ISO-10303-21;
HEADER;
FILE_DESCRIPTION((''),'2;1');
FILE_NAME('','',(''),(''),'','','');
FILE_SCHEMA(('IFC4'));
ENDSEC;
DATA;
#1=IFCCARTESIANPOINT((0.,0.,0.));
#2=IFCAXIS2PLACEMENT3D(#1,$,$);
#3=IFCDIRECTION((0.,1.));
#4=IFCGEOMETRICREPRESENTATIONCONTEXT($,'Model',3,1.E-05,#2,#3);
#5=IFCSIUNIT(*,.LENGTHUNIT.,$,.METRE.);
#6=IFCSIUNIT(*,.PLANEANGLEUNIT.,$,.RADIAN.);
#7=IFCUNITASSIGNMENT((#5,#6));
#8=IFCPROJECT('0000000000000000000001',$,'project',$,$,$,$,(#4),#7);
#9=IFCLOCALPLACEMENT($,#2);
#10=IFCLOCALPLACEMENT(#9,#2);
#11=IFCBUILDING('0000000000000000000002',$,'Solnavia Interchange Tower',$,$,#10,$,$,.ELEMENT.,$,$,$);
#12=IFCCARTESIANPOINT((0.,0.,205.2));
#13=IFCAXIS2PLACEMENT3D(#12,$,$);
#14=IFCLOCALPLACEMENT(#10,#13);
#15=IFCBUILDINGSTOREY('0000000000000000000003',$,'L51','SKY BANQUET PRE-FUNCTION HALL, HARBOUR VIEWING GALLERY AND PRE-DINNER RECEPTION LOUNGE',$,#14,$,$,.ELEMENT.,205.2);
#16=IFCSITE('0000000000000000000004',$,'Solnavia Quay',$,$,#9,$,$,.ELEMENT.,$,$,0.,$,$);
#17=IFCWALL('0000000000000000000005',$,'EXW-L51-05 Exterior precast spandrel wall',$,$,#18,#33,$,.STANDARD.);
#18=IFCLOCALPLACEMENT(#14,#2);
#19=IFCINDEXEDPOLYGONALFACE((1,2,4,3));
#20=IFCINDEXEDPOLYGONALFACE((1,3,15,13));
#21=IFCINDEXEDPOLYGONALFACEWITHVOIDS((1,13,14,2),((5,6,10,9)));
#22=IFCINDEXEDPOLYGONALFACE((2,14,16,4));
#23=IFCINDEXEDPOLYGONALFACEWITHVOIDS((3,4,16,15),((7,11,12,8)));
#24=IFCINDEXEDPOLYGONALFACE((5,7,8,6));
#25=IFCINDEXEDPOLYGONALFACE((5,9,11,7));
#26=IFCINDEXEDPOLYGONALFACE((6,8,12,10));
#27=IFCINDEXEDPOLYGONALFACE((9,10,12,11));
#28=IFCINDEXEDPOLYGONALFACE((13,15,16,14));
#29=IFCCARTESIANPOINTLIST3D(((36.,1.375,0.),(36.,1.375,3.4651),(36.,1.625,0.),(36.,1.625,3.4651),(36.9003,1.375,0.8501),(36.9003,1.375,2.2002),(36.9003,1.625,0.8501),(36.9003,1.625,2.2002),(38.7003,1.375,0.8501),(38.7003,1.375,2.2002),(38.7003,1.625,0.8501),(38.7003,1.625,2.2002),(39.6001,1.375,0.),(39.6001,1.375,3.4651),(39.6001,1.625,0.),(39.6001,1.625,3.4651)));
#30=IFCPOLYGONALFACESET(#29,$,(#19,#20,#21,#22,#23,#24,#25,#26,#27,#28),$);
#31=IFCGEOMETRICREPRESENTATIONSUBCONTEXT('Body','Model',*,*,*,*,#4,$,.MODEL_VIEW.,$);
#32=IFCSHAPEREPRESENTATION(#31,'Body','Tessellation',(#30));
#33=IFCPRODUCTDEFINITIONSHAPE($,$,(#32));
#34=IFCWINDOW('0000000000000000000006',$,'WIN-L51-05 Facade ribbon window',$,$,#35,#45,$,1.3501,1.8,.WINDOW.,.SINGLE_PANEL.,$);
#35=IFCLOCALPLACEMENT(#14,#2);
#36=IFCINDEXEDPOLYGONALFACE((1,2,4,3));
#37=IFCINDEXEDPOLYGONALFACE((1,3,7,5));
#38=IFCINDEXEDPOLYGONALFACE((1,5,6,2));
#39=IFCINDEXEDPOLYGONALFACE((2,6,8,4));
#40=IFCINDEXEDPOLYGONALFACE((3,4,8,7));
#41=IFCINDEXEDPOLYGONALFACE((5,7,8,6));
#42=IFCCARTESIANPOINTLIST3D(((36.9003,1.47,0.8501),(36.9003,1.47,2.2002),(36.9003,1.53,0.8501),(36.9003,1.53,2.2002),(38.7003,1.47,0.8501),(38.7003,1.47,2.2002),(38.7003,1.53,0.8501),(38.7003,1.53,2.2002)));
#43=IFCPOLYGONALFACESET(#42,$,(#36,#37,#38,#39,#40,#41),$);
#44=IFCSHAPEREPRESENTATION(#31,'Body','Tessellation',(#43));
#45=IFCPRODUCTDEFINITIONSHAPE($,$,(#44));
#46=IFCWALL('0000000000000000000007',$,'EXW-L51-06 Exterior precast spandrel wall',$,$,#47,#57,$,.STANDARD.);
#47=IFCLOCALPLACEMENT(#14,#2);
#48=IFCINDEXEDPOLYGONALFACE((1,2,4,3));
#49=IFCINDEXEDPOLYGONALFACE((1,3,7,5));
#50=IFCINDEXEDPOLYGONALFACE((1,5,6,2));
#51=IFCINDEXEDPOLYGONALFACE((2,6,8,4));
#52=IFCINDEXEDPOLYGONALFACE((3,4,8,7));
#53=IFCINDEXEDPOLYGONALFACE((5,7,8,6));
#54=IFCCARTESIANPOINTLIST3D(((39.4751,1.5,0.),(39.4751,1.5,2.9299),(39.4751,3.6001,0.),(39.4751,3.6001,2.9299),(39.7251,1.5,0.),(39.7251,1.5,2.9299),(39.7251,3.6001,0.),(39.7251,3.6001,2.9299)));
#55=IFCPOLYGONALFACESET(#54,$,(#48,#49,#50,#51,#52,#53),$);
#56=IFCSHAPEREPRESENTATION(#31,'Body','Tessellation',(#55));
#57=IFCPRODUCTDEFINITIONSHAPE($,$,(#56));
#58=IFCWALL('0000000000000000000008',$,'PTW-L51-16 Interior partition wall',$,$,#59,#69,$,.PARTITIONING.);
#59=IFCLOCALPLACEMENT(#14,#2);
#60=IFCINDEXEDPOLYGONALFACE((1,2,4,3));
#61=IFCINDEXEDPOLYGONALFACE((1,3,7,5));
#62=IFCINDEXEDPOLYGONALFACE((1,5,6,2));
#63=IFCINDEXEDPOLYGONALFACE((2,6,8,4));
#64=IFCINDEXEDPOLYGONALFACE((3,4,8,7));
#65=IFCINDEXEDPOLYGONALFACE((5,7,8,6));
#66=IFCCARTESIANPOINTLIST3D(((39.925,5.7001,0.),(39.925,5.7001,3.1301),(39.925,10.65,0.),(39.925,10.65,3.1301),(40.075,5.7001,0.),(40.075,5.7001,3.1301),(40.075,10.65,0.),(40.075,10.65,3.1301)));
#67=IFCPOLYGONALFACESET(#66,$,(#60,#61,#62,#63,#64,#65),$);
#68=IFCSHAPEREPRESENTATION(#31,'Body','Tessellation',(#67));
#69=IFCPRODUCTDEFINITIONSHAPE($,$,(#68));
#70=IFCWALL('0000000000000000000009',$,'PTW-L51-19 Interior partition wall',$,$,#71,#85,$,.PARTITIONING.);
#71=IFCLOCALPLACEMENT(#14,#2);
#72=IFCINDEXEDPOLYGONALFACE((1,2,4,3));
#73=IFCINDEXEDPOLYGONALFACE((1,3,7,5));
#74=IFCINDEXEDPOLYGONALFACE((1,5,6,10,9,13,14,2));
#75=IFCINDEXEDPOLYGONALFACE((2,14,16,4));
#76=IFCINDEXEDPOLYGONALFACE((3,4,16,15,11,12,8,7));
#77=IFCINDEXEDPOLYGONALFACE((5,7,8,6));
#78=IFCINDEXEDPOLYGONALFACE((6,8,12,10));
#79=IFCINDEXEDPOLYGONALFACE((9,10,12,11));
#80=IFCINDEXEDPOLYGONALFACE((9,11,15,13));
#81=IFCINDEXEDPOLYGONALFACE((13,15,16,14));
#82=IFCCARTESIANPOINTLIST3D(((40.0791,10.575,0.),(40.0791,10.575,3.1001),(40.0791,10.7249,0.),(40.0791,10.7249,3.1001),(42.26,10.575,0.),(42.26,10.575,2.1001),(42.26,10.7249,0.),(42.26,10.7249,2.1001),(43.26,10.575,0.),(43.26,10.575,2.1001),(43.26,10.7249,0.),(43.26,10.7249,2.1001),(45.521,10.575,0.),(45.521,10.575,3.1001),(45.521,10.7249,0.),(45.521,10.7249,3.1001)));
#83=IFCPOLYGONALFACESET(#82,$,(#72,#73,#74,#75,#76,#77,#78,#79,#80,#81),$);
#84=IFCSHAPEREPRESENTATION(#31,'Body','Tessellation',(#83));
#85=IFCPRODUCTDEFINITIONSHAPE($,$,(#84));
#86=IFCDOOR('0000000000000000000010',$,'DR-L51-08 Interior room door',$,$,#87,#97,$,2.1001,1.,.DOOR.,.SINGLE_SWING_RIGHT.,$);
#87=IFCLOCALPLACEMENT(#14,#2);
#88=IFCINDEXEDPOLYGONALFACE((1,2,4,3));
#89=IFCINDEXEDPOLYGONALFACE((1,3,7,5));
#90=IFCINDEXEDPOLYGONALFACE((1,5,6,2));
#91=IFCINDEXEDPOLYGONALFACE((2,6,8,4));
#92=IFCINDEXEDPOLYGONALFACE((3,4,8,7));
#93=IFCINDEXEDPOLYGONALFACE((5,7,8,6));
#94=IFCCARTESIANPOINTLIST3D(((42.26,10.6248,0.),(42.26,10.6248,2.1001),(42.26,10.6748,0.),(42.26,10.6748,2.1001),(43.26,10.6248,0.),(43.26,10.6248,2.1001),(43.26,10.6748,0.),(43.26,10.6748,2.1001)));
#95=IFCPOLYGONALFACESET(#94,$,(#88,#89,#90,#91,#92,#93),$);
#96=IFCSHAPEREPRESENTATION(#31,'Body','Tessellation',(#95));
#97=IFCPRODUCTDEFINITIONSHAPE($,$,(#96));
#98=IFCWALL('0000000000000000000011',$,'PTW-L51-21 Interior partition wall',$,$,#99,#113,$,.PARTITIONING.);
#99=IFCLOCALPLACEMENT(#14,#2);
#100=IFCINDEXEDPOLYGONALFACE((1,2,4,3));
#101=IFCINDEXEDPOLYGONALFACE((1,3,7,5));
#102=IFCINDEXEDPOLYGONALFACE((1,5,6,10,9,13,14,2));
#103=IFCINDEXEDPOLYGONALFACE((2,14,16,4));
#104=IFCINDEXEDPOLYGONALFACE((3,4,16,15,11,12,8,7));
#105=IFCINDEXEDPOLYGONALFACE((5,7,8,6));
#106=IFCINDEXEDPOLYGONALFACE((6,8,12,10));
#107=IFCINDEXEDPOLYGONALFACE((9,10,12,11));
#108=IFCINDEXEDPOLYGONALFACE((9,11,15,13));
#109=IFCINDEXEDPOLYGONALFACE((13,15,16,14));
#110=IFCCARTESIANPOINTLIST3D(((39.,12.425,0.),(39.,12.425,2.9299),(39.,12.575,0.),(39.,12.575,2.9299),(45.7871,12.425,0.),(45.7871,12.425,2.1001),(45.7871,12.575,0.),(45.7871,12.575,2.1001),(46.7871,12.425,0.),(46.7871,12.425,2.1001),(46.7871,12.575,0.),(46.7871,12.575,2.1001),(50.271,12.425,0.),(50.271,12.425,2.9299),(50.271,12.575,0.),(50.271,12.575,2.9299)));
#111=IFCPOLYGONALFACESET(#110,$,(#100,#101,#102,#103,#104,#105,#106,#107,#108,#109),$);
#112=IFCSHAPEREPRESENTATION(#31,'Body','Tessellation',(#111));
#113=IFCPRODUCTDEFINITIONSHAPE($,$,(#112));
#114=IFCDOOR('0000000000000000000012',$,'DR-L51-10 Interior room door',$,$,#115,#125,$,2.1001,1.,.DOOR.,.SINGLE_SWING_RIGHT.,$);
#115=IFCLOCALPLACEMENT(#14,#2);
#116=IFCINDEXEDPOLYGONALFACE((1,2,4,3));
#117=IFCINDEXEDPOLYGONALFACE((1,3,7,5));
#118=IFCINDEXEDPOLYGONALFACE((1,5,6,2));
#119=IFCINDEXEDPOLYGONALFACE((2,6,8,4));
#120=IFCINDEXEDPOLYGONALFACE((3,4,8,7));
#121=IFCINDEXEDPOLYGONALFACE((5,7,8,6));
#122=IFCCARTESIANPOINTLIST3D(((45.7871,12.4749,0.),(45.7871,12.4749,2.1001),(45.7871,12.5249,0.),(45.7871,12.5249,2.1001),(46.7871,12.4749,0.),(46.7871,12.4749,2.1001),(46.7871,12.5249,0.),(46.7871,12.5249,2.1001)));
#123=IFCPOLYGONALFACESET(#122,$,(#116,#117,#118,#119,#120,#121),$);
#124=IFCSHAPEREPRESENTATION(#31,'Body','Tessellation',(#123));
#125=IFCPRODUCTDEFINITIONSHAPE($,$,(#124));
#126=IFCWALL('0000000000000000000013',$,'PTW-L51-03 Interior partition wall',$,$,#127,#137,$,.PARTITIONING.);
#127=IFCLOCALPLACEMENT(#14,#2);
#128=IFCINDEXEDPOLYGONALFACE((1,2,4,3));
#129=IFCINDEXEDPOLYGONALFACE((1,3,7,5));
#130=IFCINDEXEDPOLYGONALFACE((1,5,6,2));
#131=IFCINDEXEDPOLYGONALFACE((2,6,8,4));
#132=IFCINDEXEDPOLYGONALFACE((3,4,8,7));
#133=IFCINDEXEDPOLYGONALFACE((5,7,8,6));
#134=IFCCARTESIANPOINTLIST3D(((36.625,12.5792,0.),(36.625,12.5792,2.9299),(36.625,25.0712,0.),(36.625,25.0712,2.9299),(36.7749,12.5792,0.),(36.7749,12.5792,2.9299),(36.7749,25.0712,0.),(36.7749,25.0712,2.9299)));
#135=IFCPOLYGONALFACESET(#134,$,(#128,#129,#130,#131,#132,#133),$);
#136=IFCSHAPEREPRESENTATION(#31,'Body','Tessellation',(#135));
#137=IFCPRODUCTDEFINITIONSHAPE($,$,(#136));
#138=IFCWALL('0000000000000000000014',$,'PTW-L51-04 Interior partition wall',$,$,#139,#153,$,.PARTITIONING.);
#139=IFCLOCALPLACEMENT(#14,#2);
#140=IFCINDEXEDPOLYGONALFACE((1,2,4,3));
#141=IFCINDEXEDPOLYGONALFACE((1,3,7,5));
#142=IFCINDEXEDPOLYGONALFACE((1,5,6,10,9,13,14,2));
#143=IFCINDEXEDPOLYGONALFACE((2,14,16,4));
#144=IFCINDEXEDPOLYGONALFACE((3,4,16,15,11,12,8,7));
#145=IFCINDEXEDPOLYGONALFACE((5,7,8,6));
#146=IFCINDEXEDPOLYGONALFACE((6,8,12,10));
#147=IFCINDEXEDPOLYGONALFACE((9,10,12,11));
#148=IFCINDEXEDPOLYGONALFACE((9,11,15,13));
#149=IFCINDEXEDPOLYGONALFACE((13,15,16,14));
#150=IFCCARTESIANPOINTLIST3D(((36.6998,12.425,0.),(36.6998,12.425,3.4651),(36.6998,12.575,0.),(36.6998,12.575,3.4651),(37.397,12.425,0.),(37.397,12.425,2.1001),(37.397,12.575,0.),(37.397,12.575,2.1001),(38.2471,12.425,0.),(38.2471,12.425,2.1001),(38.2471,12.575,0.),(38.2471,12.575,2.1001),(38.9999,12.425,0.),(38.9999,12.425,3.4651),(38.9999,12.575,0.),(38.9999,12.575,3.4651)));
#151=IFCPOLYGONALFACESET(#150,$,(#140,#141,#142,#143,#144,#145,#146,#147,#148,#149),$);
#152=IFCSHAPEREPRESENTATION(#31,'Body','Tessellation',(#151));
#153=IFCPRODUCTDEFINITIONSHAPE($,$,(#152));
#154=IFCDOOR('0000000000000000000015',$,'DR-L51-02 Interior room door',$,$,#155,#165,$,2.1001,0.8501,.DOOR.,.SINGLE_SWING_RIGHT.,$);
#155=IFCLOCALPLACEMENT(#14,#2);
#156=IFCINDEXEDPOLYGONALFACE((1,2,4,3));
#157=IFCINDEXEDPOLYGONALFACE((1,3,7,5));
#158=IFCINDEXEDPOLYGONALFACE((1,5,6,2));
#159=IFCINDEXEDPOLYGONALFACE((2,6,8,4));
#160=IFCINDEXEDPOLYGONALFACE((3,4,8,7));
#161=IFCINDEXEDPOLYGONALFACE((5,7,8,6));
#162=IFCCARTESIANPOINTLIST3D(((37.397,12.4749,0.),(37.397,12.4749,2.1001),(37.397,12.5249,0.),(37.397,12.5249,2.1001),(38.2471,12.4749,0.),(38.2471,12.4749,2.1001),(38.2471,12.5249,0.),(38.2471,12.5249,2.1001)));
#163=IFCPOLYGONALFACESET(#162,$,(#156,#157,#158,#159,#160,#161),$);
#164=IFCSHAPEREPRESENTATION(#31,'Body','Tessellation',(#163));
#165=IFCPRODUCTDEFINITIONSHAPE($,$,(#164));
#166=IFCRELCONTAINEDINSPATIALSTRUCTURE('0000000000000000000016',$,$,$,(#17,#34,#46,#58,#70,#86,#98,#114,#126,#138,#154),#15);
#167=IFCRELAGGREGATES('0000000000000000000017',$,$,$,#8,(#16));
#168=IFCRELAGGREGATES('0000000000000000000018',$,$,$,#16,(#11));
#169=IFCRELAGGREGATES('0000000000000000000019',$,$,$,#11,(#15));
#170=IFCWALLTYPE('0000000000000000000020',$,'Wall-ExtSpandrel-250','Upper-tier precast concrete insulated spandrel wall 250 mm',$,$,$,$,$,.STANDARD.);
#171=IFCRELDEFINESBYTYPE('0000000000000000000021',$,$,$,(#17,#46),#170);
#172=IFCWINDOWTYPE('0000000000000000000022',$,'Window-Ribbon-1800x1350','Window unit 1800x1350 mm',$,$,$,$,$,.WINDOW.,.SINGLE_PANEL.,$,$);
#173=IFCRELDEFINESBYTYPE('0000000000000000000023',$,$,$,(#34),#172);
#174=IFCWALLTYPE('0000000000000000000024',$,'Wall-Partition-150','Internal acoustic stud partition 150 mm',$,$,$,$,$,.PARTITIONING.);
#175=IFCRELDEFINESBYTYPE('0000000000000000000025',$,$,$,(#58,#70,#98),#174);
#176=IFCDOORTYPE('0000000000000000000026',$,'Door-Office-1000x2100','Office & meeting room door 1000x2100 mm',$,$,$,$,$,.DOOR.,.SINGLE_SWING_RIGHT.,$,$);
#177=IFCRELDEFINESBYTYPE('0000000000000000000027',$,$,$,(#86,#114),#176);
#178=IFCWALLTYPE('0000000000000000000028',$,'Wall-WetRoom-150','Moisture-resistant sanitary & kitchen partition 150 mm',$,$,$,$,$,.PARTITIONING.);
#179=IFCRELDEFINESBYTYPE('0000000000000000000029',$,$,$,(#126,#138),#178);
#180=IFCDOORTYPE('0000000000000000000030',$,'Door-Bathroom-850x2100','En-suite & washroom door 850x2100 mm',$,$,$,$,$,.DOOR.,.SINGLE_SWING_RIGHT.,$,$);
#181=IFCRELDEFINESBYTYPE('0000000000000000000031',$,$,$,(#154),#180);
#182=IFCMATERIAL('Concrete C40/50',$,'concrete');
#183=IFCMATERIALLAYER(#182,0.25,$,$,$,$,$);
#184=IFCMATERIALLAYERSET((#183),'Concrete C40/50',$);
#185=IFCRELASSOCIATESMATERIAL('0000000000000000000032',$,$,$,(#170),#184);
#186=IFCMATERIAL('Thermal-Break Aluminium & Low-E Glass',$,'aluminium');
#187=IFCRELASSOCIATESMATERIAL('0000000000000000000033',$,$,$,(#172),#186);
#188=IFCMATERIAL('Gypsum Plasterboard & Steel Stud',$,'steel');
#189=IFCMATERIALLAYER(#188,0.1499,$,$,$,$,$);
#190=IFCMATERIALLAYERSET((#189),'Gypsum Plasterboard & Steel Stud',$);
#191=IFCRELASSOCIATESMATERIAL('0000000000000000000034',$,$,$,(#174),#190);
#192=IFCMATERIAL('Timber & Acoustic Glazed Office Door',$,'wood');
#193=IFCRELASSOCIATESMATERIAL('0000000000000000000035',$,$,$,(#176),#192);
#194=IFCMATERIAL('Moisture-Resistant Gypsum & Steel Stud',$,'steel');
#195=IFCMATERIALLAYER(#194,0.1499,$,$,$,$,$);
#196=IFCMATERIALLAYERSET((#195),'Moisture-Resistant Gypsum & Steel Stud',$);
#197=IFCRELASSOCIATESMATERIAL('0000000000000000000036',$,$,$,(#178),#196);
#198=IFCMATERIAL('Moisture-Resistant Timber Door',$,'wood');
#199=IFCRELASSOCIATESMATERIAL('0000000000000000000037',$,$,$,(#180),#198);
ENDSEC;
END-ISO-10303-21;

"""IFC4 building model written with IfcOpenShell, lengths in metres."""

from ifc_helpers import new_model, si_unit, direction, frame, frame_2d, origin, place, context, subcontext, project, spatial, rectangle, extrude, material, layer, layer_set, type_object, element, fill, save


model = new_model("IFC4")

# Units and contexts
model_context = context("Model", 3, precision=1e-05, world=origin(), true_north=direction((0.0, 1.0)))
body_context = subcontext(model_context, "Body", "Model", "MODEL_VIEW")
ifc_project = project(units=[si_unit("LENGTHUNIT", "METRE"), si_unit("PLANEANGLEUNIT", "RADIAN")], contexts=[model_context])

# Site, building, storey
site_placement = place(None, origin())
site = spatial("IfcSite", under=ifc_project, at=site_placement, Name="Solnavia Quay", CompositionType="ELEMENT", RefElevation=0.0)
building_placement = place(site_placement, origin())
building = spatial("IfcBuilding", under=site, at=building_placement, Name="Solnavia Interchange Tower", CompositionType="ELEMENT")
storey_placement = place(building_placement, frame((0.0, 0.0, 205.2)))
storey = spatial("IfcBuildingStorey", under=building, at=storey_placement, Name="L51", Description="SKY BANQUET PRE-FUNCTION HALL, HARBOUR VIEWING GALLERY AND PRE-DINNER RECEPTION LOUNGE", CompositionType="ELEMENT", Elevation=205.2)

# Wall, opening, window
ifc_material_1 = material(Name="Concrete C40/50", Category="concrete")
ifc_layer_1 = layer(ifc_material_1, 0.25)
ifc_layer_set_1 = layer_set([ifc_layer_1], Name="Concrete C40/50")
wall_type_1 = type_object("IfcWallType", Name="Wall-ExtSpandrel-250", Description="Upper-tier precast concrete insulated spandrel wall 250 mm", PredefinedType="STANDARD", material=ifc_layer_set_1)
wall_1_placement = place(storey_placement, frame((39.6001, 1.5, 0.0), z_axis=(0.0, 0.0, 1.0), x_axis=(-1.0, 0.0, 0.0)))
wall_1 = element("IfcWall", 1, at=wall_1_placement, inside=storey, type_object=wall_type_1, Name="EXW-L51-05 Exterior precast spandrel wall", PredefinedType="STANDARD", context=body_context, shape_type="SweptSolid", body=[
    extrude(rectangle(XDim=3.6001, YDim=0.25, at=frame_2d((1.8, 0.0))), origin(), (0.0, 0.0, 1.0), 3.4651),
])
opening_1_placement = place(wall_1_placement, frame((0.8999, 0.0, 0.8501)))
opening_1 = element("IfcOpeningElement", 2, at=opening_1_placement, cuts=wall_1, PredefinedType="OPENING", context=body_context, shape_type="SweptSolid", body=[
    extrude(rectangle(XDim=1.8, YDim=1.3501, at=frame_2d((0.8999, 0.675))), frame((0.0, 0.135, 0.0), z_axis=(0.0, -1.0, 0.0), x_axis=(1.0, 0.0, 0.0)), (0.0, 0.0, 1.0), 0.27),
])
ifc_material_2 = material(Name="Thermal-Break Aluminium & Low-E Glass", Category="aluminium")
window_type = type_object("IfcWindowType", Name="Window-Ribbon-1800x1350", Description="Window unit 1800x1350 mm", PartitioningType="SINGLE_PANEL", PredefinedType="WINDOW", material=ifc_material_2)
window_placement = place(opening_1_placement, origin())
window = element("IfcWindow", 3, at=window_placement, inside=storey, type_object=window_type, Name="WIN-L51-05 Facade ribbon window", OverallHeight=1.3501, OverallWidth=1.8, PartitioningType="SINGLE_PANEL", PredefinedType="WINDOW", context=body_context, shape_type="SweptSolid", body=[
    extrude(rectangle(XDim=1.8, YDim=1.3501, at=frame_2d((0.8999, 0.675))), frame((0.0, 0.03, 0.0), z_axis=(0.0, -1.0, 0.0), x_axis=(1.0, 0.0, 0.0)), (0.0, 0.0, 1.0), 0.0601),
])
fill(opening_1, window)

# Walls
wall_2_placement = place(storey_placement, frame((39.6001, 3.6001, 0.0), z_axis=(0.0, 0.0, 1.0), x_axis=(0.0, -1.0, 0.0)))
element("IfcWall", 4, at=wall_2_placement, inside=storey, type_object=wall_type_1, Name="EXW-L51-06 Exterior precast spandrel wall", PredefinedType="STANDARD", context=body_context, shape_type="SweptSolid", body=[
    extrude(rectangle(XDim=2.1001, YDim=0.25, at=frame_2d((1.05, 0.0))), origin(), (0.0, 0.0, 1.0), 2.9299),
])
ifc_material_3 = material(Name="Gypsum Plasterboard & Steel Stud", Category="steel")
ifc_layer_2 = layer(ifc_material_3, 0.1499)
ifc_layer_set_2 = layer_set([ifc_layer_2], Name="Gypsum Plasterboard & Steel Stud")
wall_type_2 = type_object("IfcWallType", Name="Wall-Partition-150", Description="Internal acoustic stud partition 150 mm", PredefinedType="PARTITIONING", material=ifc_layer_set_2)
wall_3_placement = place(storey_placement, frame((40.0, 5.7, 0.0), z_axis=(0.0, 0.0, 1.0), x_axis=(0.0, 1.0, 0.0)))
element("IfcWall", 5, at=wall_3_placement, inside=storey, type_object=wall_type_2, Name="PTW-L51-16 Interior partition wall", PredefinedType="PARTITIONING", context=body_context, shape_type="SweptSolid", body=[
    extrude(rectangle(XDim=4.95, YDim=0.1499, at=frame_2d((2.4751, 0.0))), origin(), (0.0, 0.0, 1.0), 3.1301),
])

# Walls, openings, doors
wall_4_placement = place(storey_placement, frame((40.0791, 10.6499, 0.0), z_axis=(0.0, 0.0, 1.0), x_axis=(1.0, 0.0, 0.0)))
wall_4 = element("IfcWall", 6, at=wall_4_placement, inside=storey, type_object=wall_type_2, Name="PTW-L51-19 Interior partition wall", PredefinedType="PARTITIONING", context=body_context, shape_type="SweptSolid", body=[
    extrude(rectangle(XDim=5.4419, YDim=0.1499, at=frame_2d((2.7209, 0.0))), origin(), (0.0, 0.0, 1.0), 3.1001),
])
opening_2_placement = place(wall_4_placement, frame((2.1809, 0.0, 0.0)))
opening_2 = element("IfcOpeningElement", 7, at=opening_2_placement, cuts=wall_4, PredefinedType="OPENING", context=body_context, shape_type="SweptSolid", body=[
    extrude(rectangle(XDim=1.0, YDim=2.1001, at=frame_2d((0.5, 1.05))), frame((0.0, 0.085, 0.0), z_axis=(0.0, -1.0, 0.0), x_axis=(1.0, 0.0, 0.0)), (0.0, 0.0, 1.0), 0.1699),
])
ifc_material_4 = material(Name="Timber & Acoustic Glazed Office Door", Category="wood")
door_type_1 = type_object("IfcDoorType", Name="Door-Office-1000x2100", Description="Office & meeting room door 1000x2100 mm", OperationType="SINGLE_SWING_RIGHT", PredefinedType="DOOR", material=ifc_material_4)
door_1_placement = place(opening_2_placement, origin())
door_1 = element("IfcDoor", 8, at=door_1_placement, inside=storey, type_object=door_type_1, Name="DR-L51-08 Interior room door", OperationType="SINGLE_SWING_RIGHT", OverallHeight=2.1001, OverallWidth=1.0, PredefinedType="DOOR", context=body_context, shape_type="SweptSolid", body=[
    extrude(rectangle(XDim=1.0, YDim=2.1001, at=frame_2d((0.5, 1.05))), frame((0.0, 0.0249, 0.0), z_axis=(0.0, -1.0, 0.0), x_axis=(1.0, 0.0, 0.0)), (0.0, 0.0, 1.0), 0.05),
])
fill(opening_2, door_1)
wall_5_placement = place(storey_placement, frame((39.0, 12.5, 0.0), z_axis=(0.0, 0.0, 1.0), x_axis=(1.0, 0.0, 0.0)))
wall_5 = element("IfcWall", 9, at=wall_5_placement, inside=storey, type_object=wall_type_2, Name="PTW-L51-21 Interior partition wall", PredefinedType="PARTITIONING", context=body_context, shape_type="SweptSolid", body=[
    extrude(rectangle(XDim=11.271, YDim=0.1499, at=frame_2d((5.6355, 0.0))), origin(), (0.0, 0.0, 1.0), 2.9299),
])
opening_3_placement = place(wall_5_placement, frame((6.7871, 0.0, 0.0)))
opening_3 = element("IfcOpeningElement", 10, at=opening_3_placement, cuts=wall_5, PredefinedType="OPENING", context=body_context, shape_type="SweptSolid", body=[
    extrude(rectangle(XDim=1.0, YDim=2.1001, at=frame_2d((0.5, 1.05))), frame((0.0, 0.085, 0.0), z_axis=(0.0, -1.0, 0.0), x_axis=(1.0, 0.0, 0.0)), (0.0, 0.0, 1.0), 0.1699),
])
door_2_placement = place(opening_3_placement, origin())
door_2 = element("IfcDoor", 11, at=door_2_placement, inside=storey, type_object=door_type_1, Name="DR-L51-10 Interior room door", OperationType="SINGLE_SWING_RIGHT", OverallHeight=2.1001, OverallWidth=1.0, PredefinedType="DOOR", context=body_context, shape_type="SweptSolid", body=[
    extrude(rectangle(XDim=1.0, YDim=2.1001, at=frame_2d((0.5, 1.05))), frame((0.0, 0.0249, 0.0), z_axis=(0.0, -1.0, 0.0), x_axis=(1.0, 0.0, 0.0)), (0.0, 0.0, 1.0), 0.05),
])
fill(opening_3, door_2)

# Wall
ifc_material_5 = material(Name="Moisture-Resistant Gypsum & Steel Stud", Category="steel")
ifc_layer_3 = layer(ifc_material_5, 0.1499)
ifc_layer_set_3 = layer_set([ifc_layer_3], Name="Moisture-Resistant Gypsum & Steel Stud")
wall_type_3 = type_object("IfcWallType", Name="Wall-WetRoom-150", Description="Moisture-resistant sanitary & kitchen partition 150 mm", PredefinedType="PARTITIONING", material=ifc_layer_set_3)
wall_6_placement = place(storey_placement, frame((36.7, 12.5791, 0.0), z_axis=(0.0, 0.0, 1.0), x_axis=(0.0, 1.0, 0.0)))
element("IfcWall", 12, at=wall_6_placement, inside=storey, type_object=wall_type_3, Name="PTW-L51-03 Interior partition wall", PredefinedType="PARTITIONING", context=body_context, shape_type="SweptSolid", body=[
    extrude(rectangle(XDim=12.4919, YDim=0.1499, at=frame_2d((6.2461, 0.0))), origin(), (0.0, 0.0, 1.0), 2.9299),
])

# Wall, opening, door
wall_7_placement = place(storey_placement, frame((36.7, 12.5, 0.0), z_axis=(0.0, 0.0, 1.0), x_axis=(1.0, 0.0, 0.0)))
wall_7 = element("IfcWall", 13, at=wall_7_placement, inside=storey, type_object=wall_type_3, Name="PTW-L51-04 Interior partition wall", PredefinedType="PARTITIONING", context=body_context, shape_type="SweptSolid", body=[
    extrude(rectangle(XDim=2.3, YDim=0.1499, at=frame_2d((1.1499, 0.0))), origin(), (0.0, 0.0, 1.0), 3.4651),
])
opening_4_placement = place(wall_7_placement, frame((0.697, 0.0, 0.0)))
opening_4 = element("IfcOpeningElement", 14, at=opening_4_placement, cuts=wall_7, PredefinedType="OPENING", context=body_context, shape_type="SweptSolid", body=[
    extrude(rectangle(XDim=0.8501, YDim=2.1001, at=frame_2d((0.425, 1.05))), frame((0.0, 0.085, 0.0), z_axis=(0.0, -1.0, 0.0), x_axis=(1.0, 0.0, 0.0)), (0.0, 0.0, 1.0), 0.1699),
])
ifc_material_6 = material(Name="Moisture-Resistant Timber Door", Category="wood")
door_type_2 = type_object("IfcDoorType", Name="Door-Bathroom-850x2100", Description="En-suite & washroom door 850x2100 mm", OperationType="SINGLE_SWING_RIGHT", PredefinedType="DOOR", material=ifc_material_6)
door_3_placement = place(opening_4_placement, origin())
door_3 = element("IfcDoor", 15, at=door_3_placement, inside=storey, type_object=door_type_2, Name="DR-L51-02 Interior room door", OperationType="SINGLE_SWING_RIGHT", OverallHeight=2.1001, OverallWidth=0.8501, PredefinedType="DOOR", context=body_context, shape_type="SweptSolid", body=[
    extrude(rectangle(XDim=0.8501, YDim=2.1001, at=frame_2d((0.425, 1.05))), frame((0.0, 0.0249, 0.0), z_axis=(0.0, -1.0, 0.0), x_axis=(1.0, 0.0, 0.0)), (0.0, 0.0, 1.0), 0.05),
])
fill(opening_4, door_3)

save(model, "model.ifc")
